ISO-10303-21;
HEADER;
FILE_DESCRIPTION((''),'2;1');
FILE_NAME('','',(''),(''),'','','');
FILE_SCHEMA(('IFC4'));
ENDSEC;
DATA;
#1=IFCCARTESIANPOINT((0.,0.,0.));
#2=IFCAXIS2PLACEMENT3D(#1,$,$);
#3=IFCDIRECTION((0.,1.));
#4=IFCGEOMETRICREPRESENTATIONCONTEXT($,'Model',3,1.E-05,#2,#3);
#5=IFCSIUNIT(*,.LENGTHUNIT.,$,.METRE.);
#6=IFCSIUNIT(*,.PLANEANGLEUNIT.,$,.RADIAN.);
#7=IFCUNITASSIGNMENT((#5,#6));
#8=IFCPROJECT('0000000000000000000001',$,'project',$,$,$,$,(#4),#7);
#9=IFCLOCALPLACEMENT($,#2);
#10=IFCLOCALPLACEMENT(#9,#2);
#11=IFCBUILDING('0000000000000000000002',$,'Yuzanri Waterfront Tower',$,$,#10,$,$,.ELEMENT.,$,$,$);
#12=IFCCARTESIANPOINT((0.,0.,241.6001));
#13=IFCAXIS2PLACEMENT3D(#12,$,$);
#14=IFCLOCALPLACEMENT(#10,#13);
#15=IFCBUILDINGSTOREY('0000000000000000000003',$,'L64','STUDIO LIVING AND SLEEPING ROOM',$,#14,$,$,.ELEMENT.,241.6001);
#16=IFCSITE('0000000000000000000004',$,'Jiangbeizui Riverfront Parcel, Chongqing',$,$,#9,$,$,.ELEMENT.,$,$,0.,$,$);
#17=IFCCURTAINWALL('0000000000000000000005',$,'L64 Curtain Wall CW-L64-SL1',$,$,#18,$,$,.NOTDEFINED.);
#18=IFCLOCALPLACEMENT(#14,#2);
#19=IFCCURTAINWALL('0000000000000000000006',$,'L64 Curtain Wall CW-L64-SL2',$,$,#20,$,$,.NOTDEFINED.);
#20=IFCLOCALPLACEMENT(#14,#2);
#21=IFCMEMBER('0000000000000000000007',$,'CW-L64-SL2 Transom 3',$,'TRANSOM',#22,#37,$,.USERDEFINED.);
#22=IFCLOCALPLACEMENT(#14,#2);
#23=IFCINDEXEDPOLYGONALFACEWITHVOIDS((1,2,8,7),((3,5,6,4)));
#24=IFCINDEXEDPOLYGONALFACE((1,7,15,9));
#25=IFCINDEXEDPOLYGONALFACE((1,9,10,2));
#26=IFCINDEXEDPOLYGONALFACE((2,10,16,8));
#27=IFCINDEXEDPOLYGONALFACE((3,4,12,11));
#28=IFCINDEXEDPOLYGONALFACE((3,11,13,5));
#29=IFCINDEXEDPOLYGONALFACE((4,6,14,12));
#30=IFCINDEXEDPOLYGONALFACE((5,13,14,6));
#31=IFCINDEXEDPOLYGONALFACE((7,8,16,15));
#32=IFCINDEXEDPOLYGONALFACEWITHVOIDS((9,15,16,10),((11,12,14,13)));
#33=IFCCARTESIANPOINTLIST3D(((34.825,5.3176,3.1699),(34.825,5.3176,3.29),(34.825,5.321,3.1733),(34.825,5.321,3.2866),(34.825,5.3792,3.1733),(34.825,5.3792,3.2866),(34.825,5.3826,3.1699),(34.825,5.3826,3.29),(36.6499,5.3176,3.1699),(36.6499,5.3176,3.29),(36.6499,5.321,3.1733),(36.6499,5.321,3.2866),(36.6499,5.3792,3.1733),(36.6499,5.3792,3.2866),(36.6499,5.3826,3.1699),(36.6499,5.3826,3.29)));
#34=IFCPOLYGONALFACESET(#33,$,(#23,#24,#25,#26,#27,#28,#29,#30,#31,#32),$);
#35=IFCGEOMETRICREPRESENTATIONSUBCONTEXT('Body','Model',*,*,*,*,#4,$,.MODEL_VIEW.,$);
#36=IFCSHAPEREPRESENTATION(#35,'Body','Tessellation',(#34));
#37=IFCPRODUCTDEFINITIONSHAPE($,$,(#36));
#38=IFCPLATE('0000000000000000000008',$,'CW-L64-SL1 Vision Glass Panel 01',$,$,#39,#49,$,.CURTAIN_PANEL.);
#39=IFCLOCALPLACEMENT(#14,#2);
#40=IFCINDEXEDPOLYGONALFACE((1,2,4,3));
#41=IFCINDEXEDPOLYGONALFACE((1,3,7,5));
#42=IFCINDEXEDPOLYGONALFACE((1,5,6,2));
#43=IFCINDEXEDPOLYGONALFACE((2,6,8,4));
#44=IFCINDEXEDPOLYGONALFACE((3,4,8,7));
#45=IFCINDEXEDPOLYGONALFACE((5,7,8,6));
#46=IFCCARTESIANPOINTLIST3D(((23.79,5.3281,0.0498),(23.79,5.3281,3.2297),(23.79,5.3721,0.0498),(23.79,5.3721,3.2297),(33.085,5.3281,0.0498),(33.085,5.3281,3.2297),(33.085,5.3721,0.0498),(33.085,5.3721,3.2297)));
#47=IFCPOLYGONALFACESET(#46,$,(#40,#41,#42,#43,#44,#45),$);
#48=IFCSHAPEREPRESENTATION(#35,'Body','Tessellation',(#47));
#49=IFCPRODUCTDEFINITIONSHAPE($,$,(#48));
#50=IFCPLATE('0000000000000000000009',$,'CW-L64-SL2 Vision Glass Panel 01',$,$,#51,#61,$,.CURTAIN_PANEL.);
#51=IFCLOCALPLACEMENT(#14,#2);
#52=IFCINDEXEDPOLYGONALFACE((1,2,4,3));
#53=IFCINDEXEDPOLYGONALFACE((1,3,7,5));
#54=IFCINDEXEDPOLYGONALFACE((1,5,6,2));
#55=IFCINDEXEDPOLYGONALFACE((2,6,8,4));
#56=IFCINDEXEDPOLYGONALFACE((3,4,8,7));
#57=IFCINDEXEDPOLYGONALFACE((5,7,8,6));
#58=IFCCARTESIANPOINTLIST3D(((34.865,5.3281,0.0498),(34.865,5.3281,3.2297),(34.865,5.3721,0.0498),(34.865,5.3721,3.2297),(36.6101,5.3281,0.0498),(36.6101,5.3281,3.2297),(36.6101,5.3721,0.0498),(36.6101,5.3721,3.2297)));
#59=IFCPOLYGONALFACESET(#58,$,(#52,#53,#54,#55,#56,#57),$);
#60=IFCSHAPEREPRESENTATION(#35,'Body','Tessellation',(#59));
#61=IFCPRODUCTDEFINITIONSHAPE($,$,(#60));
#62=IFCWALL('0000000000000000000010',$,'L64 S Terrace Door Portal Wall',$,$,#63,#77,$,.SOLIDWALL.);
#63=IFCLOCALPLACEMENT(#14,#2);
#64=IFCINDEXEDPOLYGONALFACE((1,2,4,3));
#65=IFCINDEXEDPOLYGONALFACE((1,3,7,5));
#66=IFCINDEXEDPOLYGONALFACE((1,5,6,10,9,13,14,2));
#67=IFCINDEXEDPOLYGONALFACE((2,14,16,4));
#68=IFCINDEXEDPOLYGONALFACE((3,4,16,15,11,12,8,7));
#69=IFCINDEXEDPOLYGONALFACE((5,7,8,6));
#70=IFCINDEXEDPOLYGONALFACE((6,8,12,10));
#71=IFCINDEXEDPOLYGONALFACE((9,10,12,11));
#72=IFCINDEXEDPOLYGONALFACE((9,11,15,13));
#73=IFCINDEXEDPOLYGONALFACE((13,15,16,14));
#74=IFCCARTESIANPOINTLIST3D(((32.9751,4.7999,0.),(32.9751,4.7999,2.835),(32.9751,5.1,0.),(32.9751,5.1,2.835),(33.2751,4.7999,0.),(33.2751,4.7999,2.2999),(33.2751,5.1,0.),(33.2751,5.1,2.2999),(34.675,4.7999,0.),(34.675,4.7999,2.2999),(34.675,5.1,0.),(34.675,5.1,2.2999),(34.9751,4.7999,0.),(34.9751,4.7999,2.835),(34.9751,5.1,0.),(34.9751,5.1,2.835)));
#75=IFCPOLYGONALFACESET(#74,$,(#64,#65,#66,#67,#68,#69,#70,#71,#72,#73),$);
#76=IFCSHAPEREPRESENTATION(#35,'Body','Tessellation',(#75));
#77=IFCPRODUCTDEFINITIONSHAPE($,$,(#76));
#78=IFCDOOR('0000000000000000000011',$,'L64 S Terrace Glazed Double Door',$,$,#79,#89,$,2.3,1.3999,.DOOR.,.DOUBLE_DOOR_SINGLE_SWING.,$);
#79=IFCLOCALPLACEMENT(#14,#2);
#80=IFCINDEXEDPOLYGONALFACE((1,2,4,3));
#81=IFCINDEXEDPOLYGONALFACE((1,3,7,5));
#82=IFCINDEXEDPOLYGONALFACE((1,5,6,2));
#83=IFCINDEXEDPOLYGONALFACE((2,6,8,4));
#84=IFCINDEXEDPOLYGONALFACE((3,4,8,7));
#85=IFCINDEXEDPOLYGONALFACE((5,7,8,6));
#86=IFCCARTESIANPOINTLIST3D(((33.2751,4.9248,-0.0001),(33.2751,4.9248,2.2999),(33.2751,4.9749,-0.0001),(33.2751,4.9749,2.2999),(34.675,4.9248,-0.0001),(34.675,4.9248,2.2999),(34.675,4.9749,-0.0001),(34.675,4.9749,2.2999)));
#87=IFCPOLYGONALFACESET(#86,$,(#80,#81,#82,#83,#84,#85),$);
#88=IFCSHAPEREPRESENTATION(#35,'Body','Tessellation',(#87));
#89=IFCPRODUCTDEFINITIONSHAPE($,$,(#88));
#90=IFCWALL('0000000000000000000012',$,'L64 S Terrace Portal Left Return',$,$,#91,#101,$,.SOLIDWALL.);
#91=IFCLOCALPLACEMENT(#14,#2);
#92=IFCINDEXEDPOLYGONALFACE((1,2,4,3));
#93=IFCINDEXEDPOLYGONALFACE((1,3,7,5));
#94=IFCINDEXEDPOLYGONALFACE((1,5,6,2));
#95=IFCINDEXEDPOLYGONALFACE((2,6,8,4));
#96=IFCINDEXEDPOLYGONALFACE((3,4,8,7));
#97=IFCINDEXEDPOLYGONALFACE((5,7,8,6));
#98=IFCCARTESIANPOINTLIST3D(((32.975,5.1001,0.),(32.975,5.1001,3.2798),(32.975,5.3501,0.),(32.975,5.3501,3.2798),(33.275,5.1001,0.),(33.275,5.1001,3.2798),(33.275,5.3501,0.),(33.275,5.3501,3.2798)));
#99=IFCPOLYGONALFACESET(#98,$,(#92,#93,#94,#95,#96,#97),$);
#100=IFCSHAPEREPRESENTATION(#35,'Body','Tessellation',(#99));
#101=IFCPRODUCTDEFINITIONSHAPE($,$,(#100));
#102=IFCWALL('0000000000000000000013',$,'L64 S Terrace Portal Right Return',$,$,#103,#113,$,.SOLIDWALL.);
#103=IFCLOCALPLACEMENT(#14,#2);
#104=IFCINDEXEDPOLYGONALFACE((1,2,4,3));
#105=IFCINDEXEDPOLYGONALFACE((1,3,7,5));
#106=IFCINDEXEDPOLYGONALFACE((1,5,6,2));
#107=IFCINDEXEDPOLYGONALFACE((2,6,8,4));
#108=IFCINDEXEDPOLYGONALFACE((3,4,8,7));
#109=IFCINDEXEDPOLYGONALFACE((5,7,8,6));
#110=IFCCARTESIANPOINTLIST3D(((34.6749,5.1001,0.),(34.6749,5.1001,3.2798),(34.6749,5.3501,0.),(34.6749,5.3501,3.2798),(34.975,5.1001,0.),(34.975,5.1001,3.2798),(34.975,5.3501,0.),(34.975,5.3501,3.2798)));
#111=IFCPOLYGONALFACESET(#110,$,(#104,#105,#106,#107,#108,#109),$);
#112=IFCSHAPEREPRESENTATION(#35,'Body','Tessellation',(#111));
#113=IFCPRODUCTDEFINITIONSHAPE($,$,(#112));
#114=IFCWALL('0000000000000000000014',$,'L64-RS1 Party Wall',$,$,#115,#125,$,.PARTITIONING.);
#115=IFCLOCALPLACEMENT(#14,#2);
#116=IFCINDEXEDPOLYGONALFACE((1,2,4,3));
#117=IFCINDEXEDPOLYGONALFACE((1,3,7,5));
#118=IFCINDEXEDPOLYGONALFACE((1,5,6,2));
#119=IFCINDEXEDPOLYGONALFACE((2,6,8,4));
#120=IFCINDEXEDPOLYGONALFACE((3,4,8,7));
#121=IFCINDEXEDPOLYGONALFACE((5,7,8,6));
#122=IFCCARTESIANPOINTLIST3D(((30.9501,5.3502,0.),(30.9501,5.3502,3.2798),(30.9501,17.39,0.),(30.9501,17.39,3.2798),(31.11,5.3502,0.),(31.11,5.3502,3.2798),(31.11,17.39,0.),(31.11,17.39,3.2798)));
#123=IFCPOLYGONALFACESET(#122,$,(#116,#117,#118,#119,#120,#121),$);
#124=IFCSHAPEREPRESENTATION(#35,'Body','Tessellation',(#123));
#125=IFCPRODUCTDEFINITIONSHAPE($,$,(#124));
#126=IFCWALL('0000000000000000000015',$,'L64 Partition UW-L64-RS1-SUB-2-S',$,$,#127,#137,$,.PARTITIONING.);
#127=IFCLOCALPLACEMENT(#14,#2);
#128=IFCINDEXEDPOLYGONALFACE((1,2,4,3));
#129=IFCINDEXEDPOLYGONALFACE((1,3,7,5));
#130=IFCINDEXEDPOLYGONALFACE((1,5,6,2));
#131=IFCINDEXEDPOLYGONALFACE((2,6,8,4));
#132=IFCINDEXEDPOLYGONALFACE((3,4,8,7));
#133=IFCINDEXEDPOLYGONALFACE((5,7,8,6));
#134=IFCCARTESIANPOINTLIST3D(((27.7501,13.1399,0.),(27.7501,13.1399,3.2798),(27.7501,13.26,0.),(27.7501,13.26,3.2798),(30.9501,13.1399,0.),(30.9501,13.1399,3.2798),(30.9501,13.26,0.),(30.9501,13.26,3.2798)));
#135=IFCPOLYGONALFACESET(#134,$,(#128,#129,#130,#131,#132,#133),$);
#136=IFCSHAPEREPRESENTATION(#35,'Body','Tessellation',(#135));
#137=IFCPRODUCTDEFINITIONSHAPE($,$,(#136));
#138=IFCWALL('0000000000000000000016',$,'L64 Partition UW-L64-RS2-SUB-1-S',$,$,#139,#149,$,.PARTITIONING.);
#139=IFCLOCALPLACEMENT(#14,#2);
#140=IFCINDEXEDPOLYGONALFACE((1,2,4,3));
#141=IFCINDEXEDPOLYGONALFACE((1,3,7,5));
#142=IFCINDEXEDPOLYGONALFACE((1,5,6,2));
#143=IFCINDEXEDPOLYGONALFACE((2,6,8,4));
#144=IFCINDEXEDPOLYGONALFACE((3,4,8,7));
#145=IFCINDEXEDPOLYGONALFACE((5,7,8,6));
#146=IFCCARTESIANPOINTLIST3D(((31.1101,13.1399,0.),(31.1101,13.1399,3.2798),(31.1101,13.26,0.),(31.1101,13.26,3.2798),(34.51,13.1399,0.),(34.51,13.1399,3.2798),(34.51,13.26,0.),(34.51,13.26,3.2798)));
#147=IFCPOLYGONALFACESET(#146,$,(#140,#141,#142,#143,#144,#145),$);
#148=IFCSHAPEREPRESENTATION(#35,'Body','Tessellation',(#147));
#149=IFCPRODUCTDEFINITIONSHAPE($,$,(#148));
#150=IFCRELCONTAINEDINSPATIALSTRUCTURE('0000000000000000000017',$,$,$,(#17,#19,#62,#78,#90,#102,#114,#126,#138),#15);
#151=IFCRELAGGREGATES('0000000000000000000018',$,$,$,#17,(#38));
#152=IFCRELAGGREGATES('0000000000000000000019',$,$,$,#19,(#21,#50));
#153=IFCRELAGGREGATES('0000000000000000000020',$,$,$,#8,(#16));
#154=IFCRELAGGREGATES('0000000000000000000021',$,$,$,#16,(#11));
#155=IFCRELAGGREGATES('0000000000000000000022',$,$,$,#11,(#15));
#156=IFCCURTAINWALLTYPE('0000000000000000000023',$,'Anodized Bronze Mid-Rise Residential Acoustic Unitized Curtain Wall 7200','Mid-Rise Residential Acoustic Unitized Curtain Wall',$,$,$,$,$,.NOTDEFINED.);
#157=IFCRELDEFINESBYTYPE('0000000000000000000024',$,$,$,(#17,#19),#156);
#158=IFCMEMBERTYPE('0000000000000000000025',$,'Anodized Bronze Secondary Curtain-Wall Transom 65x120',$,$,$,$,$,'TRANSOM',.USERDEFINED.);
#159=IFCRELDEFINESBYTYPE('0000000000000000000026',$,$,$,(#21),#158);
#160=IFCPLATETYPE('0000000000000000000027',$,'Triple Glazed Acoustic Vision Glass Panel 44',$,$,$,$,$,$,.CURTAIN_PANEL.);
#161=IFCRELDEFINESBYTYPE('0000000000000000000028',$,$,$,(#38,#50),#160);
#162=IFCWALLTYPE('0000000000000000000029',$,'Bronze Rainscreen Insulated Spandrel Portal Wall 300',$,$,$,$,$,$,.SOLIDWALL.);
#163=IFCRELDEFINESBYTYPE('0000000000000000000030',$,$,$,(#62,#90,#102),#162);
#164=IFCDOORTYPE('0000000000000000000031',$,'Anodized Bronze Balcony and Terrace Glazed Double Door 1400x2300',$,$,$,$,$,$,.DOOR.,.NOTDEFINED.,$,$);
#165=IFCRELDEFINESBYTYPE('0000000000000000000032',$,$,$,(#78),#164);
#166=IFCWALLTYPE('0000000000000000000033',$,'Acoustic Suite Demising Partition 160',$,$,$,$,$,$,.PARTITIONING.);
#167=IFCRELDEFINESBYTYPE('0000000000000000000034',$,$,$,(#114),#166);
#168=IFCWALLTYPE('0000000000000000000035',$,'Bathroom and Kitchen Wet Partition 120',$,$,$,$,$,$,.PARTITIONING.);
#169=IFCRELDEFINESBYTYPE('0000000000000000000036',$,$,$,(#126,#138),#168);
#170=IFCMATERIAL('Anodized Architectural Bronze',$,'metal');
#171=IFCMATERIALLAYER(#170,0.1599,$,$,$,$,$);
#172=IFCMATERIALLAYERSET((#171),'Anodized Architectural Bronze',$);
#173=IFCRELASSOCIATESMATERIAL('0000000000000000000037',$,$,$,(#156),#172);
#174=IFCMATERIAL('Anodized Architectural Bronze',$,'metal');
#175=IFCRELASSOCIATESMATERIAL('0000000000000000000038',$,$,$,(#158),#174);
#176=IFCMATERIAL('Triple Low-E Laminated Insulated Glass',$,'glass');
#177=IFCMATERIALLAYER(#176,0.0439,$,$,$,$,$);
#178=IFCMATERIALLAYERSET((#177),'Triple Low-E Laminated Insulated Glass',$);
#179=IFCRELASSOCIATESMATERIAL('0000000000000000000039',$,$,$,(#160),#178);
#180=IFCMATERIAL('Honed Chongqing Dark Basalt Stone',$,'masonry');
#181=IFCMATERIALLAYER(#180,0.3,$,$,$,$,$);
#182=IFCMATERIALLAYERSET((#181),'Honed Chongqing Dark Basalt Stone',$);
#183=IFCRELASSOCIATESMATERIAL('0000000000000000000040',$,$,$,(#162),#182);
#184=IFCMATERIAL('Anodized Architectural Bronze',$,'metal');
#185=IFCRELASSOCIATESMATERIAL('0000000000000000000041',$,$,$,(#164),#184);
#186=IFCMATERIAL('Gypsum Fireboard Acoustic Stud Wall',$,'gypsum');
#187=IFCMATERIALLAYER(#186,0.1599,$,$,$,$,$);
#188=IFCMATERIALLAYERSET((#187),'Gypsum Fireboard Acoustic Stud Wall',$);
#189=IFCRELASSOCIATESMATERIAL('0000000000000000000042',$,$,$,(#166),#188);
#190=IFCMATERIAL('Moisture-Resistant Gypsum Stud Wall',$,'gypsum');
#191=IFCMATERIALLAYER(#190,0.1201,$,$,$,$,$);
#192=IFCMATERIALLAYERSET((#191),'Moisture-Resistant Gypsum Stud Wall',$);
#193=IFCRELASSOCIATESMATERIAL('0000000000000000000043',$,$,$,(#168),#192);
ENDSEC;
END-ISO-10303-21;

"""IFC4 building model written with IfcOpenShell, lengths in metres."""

from ifc_helpers import new_model, si_unit, direction, frame, frame_2d, origin, origin_2d, place, context, subcontext, project, spatial, rectangle, hollow_rectangle, extrude, source, transform, mapped, material, layer, layer_set, material_profile, profile_set, type_object, element, fill, aggregate, save


model = new_model("IFC4")

# Units and contexts
model_context = context("Model", 3, precision=1e-05, world=origin(), true_north=direction((0.0, 1.0)))
body_context = subcontext(model_context, "Body", "Model", "MODEL_VIEW")
ifc_project = project(units=[si_unit("LENGTHUNIT", "METRE"), si_unit("PLANEANGLEUNIT", "RADIAN")], contexts=[model_context])

# Site, building, storey
site_placement = place(None, origin())
site = spatial("IfcSite", under=ifc_project, at=site_placement, Name="Jiangbeizui Riverfront Parcel, Chongqing", CompositionType="ELEMENT", RefElevation=0.0)
building_placement = place(site_placement, origin())
building = spatial("IfcBuilding", under=site, at=building_placement, Name="Yuzanri Waterfront Tower", CompositionType="ELEMENT")
storey_placement = place(building_placement, frame((0.0, 0.0, 241.6001)))
storey = spatial("IfcBuildingStorey", under=building, at=storey_placement, Name="L64", Description="STUDIO LIVING AND SLEEPING ROOM", CompositionType="ELEMENT", Elevation=241.6001)

# Curtain walls, member
ifc_material_1 = material(Name="Anodized Architectural Bronze", Category="metal")
ifc_layer_1 = layer(ifc_material_1, 0.1599)
ifc_layer_set_1 = layer_set([ifc_layer_1], Name="Anodized Architectural Bronze")
curtain_wall_type = type_object("IfcCurtainWallType", Name="Anodized Bronze Mid-Rise Residential Acoustic Unitized Curtain Wall 7200", Description="Mid-Rise Residential Acoustic Unitized Curtain Wall", PredefinedType="NOTDEFINED", material=ifc_layer_set_1)
curtain_wall_1_placement = place(storey_placement, origin())
curtain_wall_1 = element("IfcCurtainWall", 1, at=curtain_wall_1_placement, inside=storey, type_object=curtain_wall_type, Name="L64 Curtain Wall CW-L64-SL1", PredefinedType="NOTDEFINED")
curtain_wall_2_placement = place(storey_placement, origin())
curtain_wall_2 = element("IfcCurtainWall", 2, at=curtain_wall_2_placement, inside=storey, type_object=curtain_wall_type, Name="L64 Curtain Wall CW-L64-SL2", PredefinedType="NOTDEFINED")
ifc_material_2 = material(Name="Anodized Architectural Bronze", Category="metal")
ifc_material_profile_1 = material_profile(ifc_material_2, hollow_rectangle(XDim=0.0649, YDim=0.1201, WallThickness=0.0034, at=origin_2d()), Name="CWT 65x120")
ifc_profile_set_1 = profile_set([ifc_material_profile_1], Name="Anodized Architectural Bronze")
member_type_1 = type_object("IfcMemberType", Name="Anodized Bronze Secondary Curtain-Wall Transom 65x120", ElementType="TRANSOM", PredefinedType="USERDEFINED", material=ifc_profile_set_1)
shared_shape_1 = source(origin(), body_context, "Body", "SweptSolid", [
    extrude(hollow_rectangle(XDim=0.0649, YDim=0.1201, WallThickness=0.0034, at=origin_2d()), origin(), (0.0, 0.0, 1.0), 1.825),
])
member_1_placement = place(storey_placement, frame((34.825, 5.3501, 3.23), z_axis=(1.0, 0.0, 0.0), x_axis=(0.0, 1.0, 0.0)))
member_1 = element("IfcMember", 3, at=member_1_placement, type_object=member_type_1, Name="CW-L64-SL2 Transom 3", ObjectType="TRANSOM", PredefinedType="USERDEFINED", context=body_context, shape_type="MappedRepresentation", body=[
    mapped(shared_shape_1, transform((0.0, 0.0, 0.0), scale=1.0)),
])

# Plates
ifc_material_3 = material(Name="Triple Low-E Laminated Insulated Glass", Category="glass")
ifc_layer_2 = layer(ifc_material_3, 0.0439)
ifc_layer_set_2 = layer_set([ifc_layer_2], Name="Triple Low-E Laminated Insulated Glass")
plate_type = type_object("IfcPlateType", Name="Triple Glazed Acoustic Vision Glass Panel 44", PredefinedType="CURTAIN_PANEL", material=ifc_layer_set_2)
shared_shape_2 = source(origin(), body_context, "Body", "SweptSolid", [
    extrude(rectangle(XDim=9.2949, YDim=0.0439, at=origin_2d()), origin(), (0.0, 0.0, 1.0), 3.1799),
])
plate_1_placement = place(storey_placement, frame((28.4375, 5.3501, 0.0498), z_axis=(0.0, 0.0, 1.0), x_axis=(1.0, 0.0, 0.0)))
plate_1 = element("IfcPlate", 4, at=plate_1_placement, type_object=plate_type, Name="CW-L64-SL1 Vision Glass Panel 01", PredefinedType="CURTAIN_PANEL", context=body_context, shape_type="MappedRepresentation", body=[
    mapped(shared_shape_2, transform((0.0, 0.0, 0.0), scale=1.0)),
])
aggregate(curtain_wall_1, [plate_1])
shared_shape_3 = source(origin(), body_context, "Body", "SweptSolid", [
    extrude(rectangle(XDim=1.7451, YDim=0.0439, at=origin_2d()), origin(), (0.0, 0.0, 1.0), 3.1799),
])
plate_2_placement = place(storey_placement, frame((35.7375, 5.3501, 0.0498), z_axis=(0.0, 0.0, 1.0), x_axis=(1.0, 0.0, 0.0)))
plate_2 = element("IfcPlate", 5, at=plate_2_placement, type_object=plate_type, Name="CW-L64-SL2 Vision Glass Panel 01", PredefinedType="CURTAIN_PANEL", context=body_context, shape_type="MappedRepresentation", body=[
    mapped(shared_shape_3, transform((0.0, 0.0, 0.0), scale=1.0)),
])
aggregate(curtain_wall_2, [member_1, plate_2])

# Wall, opening, door
ifc_material_4 = material(Name="Honed Chongqing Dark Basalt Stone", Category="masonry")
ifc_layer_3 = layer(ifc_material_4, 0.3)
ifc_layer_set_3 = layer_set([ifc_layer_3], Name="Honed Chongqing Dark Basalt Stone")
wall_type_1 = type_object("IfcWallType", Name="Bronze Rainscreen Insulated Spandrel Portal Wall 300", PredefinedType="SOLIDWALL", material=ifc_layer_set_3)
wall_1_placement = place(storey_placement, frame((32.9751, 4.95, 0.0), z_axis=(0.0, 0.0, 1.0), x_axis=(1.0, 0.0, 0.0)))
wall_1 = element("IfcWall", 6, at=wall_1_placement, inside=storey, type_object=wall_type_1, Name="L64 S Terrace Door Portal Wall", PredefinedType="SOLIDWALL", context=body_context, shape_type="SweptSolid", body=[
    extrude(rectangle(XDim=2.0, YDim=0.3, at=frame_2d((1.0, 0.0))), origin(), (0.0, 0.0, 1.0), 2.835),
])
opening_placement = place(wall_1_placement, frame((0.3, 0.0, 0.0)))
opening = element("IfcOpeningElement", 7, at=opening_placement, cuts=wall_1, PredefinedType="OPENING", context=body_context, shape_type="SweptSolid", body=[
    extrude(rectangle(XDim=1.3999, YDim=2.3, at=frame_2d((0.7, 1.1499))), frame((0.0, 0.165, 0.0), z_axis=(0.0, -1.0, 0.0), x_axis=(1.0, 0.0, 0.0)), (0.0, 0.0, 1.0), 0.3298),
])
ifc_material_5 = material(Name="Anodized Architectural Bronze", Category="metal")
door_type = type_object("IfcDoorType", Name="Anodized Bronze Balcony and Terrace Glazed Double Door 1400x2300", OperationType="NOTDEFINED", PredefinedType="DOOR", material=ifc_material_5)
shared_shape_4 = source(origin(), body_context, "Body", "SweptSolid", [
    extrude(rectangle(XDim=1.3999, YDim=2.3, at=frame_2d((0.7, 1.1499))), frame((0.0, 0.0249, 0.0), z_axis=(0.0, -1.0, 0.0), x_axis=(1.0, 0.0, 0.0)), (0.0, 0.0, 1.0), 0.05),
])
door_placement = place(opening_placement, origin())
door = element("IfcDoor", 8, at=door_placement, inside=storey, type_object=door_type, Name="L64 S Terrace Glazed Double Door", OperationType="DOUBLE_DOOR_SINGLE_SWING", OverallHeight=2.3, OverallWidth=1.3999, PredefinedType="DOOR", context=body_context, shape_type="MappedRepresentation", body=[
    mapped(shared_shape_4, transform((0.0, 0.0, 0.0), scale=1.0)),
])
fill(opening, door)

# Walls
shared_shape_5 = source(origin(), body_context, "Body", "SweptSolid", [
    extrude(rectangle(XDim=0.25, YDim=0.3, at=frame_2d((0.125, 0.0))), origin(), (0.0, 0.0, 1.0), 3.2798),
])
for number, where, z_axis, x_axis, name in (
    (9, (33.125, 5.3501, 0.0), (0.0, 0.0, 1.0), (0.0, -1.0, 0.0), "L64 S Terrace Portal Left Return"),
    (10, (34.825, 5.1001, 0.0), (0.0, 0.0, 1.0), (0.0, 1.0, 0.0), "L64 S Terrace Portal Right Return"),
):
    element("IfcWall", number, at=place(storey_placement, frame(where, z_axis=z_axis, x_axis=x_axis)), inside=storey, type_object=wall_type_1, Name=name, PredefinedType="SOLIDWALL", context=body_context, shape_type="MappedRepresentation", body=[
        mapped(shared_shape_5, transform((0.0, 0.0, 0.0), scale=1.0)),
    ])
ifc_material_6 = material(Name="Gypsum Fireboard Acoustic Stud Wall", Category="gypsum")
ifc_layer_4 = layer(ifc_material_6, 0.1599)
ifc_layer_set_4 = layer_set([ifc_layer_4], Name="Gypsum Fireboard Acoustic Stud Wall")
wall_type_2 = type_object("IfcWallType", Name="Acoustic Suite Demising Partition 160", PredefinedType="PARTITIONING", material=ifc_layer_set_4)
shared_shape_6 = source(origin(), body_context, "Body", "SweptSolid", [
    extrude(rectangle(XDim=12.0398, YDim=0.1599, at=frame_2d((6.02, 0.0))), origin(), (0.0, 0.0, 1.0), 3.2798),
])
wall_2_placement = place(storey_placement, frame((31.03, 5.3501, 0.0), z_axis=(0.0, 0.0, 1.0), x_axis=(0.0, 1.0, 0.0)))
element("IfcWall", 11, at=wall_2_placement, inside=storey, type_object=wall_type_2, Name="L64-RS1 Party Wall", PredefinedType="PARTITIONING", context=body_context, shape_type="MappedRepresentation", body=[
    mapped(shared_shape_6, transform((0.0, 0.0, 0.0), scale=1.0)),
])
ifc_material_7 = material(Name="Moisture-Resistant Gypsum Stud Wall", Category="gypsum")
ifc_layer_5 = layer(ifc_material_7, 0.1201)
ifc_layer_set_5 = layer_set([ifc_layer_5], Name="Moisture-Resistant Gypsum Stud Wall")
wall_type_3 = type_object("IfcWallType", Name="Bathroom and Kitchen Wet Partition 120", PredefinedType="PARTITIONING", material=ifc_layer_set_5)
shared_shape_7 = source(origin(), body_context, "Body", "SweptSolid", [
    extrude(rectangle(XDim=3.2, YDim=0.1201, at=frame_2d((1.6001, 0.0))), origin(), (0.0, 0.0, 1.0), 3.2798),
])
wall_3_placement = place(storey_placement, frame((27.75, 13.2, 0.0), z_axis=(0.0, 0.0, 1.0), x_axis=(1.0, 0.0, 0.0)))
element("IfcWall", 12, at=wall_3_placement, inside=storey, type_object=wall_type_3, Name="L64 Partition UW-L64-RS1-SUB-2-S", PredefinedType="PARTITIONING", context=body_context, shape_type="MappedRepresentation", body=[
    mapped(shared_shape_7, transform((0.0, 0.0, 0.0), scale=1.0)),
])
shared_shape_8 = source(origin(), body_context, "Body", "SweptSolid", [
    extrude(rectangle(XDim=3.3999, YDim=0.1201, at=frame_2d((1.7, 0.0))), origin(), (0.0, 0.0, 1.0), 3.2798),
])
wall_4_placement = place(storey_placement, frame((31.1101, 13.2, 0.0), z_axis=(0.0, 0.0, 1.0), x_axis=(1.0, 0.0, 0.0)))
element("IfcWall", 13, at=wall_4_placement, inside=storey, type_object=wall_type_3, Name="L64 Partition UW-L64-RS2-SUB-1-S", PredefinedType="PARTITIONING", context=body_context, shape_type="MappedRepresentation", body=[
    mapped(shared_shape_8, transform((0.0, 0.0, 0.0), scale=1.0)),
])

save(model, "model.ifc")
